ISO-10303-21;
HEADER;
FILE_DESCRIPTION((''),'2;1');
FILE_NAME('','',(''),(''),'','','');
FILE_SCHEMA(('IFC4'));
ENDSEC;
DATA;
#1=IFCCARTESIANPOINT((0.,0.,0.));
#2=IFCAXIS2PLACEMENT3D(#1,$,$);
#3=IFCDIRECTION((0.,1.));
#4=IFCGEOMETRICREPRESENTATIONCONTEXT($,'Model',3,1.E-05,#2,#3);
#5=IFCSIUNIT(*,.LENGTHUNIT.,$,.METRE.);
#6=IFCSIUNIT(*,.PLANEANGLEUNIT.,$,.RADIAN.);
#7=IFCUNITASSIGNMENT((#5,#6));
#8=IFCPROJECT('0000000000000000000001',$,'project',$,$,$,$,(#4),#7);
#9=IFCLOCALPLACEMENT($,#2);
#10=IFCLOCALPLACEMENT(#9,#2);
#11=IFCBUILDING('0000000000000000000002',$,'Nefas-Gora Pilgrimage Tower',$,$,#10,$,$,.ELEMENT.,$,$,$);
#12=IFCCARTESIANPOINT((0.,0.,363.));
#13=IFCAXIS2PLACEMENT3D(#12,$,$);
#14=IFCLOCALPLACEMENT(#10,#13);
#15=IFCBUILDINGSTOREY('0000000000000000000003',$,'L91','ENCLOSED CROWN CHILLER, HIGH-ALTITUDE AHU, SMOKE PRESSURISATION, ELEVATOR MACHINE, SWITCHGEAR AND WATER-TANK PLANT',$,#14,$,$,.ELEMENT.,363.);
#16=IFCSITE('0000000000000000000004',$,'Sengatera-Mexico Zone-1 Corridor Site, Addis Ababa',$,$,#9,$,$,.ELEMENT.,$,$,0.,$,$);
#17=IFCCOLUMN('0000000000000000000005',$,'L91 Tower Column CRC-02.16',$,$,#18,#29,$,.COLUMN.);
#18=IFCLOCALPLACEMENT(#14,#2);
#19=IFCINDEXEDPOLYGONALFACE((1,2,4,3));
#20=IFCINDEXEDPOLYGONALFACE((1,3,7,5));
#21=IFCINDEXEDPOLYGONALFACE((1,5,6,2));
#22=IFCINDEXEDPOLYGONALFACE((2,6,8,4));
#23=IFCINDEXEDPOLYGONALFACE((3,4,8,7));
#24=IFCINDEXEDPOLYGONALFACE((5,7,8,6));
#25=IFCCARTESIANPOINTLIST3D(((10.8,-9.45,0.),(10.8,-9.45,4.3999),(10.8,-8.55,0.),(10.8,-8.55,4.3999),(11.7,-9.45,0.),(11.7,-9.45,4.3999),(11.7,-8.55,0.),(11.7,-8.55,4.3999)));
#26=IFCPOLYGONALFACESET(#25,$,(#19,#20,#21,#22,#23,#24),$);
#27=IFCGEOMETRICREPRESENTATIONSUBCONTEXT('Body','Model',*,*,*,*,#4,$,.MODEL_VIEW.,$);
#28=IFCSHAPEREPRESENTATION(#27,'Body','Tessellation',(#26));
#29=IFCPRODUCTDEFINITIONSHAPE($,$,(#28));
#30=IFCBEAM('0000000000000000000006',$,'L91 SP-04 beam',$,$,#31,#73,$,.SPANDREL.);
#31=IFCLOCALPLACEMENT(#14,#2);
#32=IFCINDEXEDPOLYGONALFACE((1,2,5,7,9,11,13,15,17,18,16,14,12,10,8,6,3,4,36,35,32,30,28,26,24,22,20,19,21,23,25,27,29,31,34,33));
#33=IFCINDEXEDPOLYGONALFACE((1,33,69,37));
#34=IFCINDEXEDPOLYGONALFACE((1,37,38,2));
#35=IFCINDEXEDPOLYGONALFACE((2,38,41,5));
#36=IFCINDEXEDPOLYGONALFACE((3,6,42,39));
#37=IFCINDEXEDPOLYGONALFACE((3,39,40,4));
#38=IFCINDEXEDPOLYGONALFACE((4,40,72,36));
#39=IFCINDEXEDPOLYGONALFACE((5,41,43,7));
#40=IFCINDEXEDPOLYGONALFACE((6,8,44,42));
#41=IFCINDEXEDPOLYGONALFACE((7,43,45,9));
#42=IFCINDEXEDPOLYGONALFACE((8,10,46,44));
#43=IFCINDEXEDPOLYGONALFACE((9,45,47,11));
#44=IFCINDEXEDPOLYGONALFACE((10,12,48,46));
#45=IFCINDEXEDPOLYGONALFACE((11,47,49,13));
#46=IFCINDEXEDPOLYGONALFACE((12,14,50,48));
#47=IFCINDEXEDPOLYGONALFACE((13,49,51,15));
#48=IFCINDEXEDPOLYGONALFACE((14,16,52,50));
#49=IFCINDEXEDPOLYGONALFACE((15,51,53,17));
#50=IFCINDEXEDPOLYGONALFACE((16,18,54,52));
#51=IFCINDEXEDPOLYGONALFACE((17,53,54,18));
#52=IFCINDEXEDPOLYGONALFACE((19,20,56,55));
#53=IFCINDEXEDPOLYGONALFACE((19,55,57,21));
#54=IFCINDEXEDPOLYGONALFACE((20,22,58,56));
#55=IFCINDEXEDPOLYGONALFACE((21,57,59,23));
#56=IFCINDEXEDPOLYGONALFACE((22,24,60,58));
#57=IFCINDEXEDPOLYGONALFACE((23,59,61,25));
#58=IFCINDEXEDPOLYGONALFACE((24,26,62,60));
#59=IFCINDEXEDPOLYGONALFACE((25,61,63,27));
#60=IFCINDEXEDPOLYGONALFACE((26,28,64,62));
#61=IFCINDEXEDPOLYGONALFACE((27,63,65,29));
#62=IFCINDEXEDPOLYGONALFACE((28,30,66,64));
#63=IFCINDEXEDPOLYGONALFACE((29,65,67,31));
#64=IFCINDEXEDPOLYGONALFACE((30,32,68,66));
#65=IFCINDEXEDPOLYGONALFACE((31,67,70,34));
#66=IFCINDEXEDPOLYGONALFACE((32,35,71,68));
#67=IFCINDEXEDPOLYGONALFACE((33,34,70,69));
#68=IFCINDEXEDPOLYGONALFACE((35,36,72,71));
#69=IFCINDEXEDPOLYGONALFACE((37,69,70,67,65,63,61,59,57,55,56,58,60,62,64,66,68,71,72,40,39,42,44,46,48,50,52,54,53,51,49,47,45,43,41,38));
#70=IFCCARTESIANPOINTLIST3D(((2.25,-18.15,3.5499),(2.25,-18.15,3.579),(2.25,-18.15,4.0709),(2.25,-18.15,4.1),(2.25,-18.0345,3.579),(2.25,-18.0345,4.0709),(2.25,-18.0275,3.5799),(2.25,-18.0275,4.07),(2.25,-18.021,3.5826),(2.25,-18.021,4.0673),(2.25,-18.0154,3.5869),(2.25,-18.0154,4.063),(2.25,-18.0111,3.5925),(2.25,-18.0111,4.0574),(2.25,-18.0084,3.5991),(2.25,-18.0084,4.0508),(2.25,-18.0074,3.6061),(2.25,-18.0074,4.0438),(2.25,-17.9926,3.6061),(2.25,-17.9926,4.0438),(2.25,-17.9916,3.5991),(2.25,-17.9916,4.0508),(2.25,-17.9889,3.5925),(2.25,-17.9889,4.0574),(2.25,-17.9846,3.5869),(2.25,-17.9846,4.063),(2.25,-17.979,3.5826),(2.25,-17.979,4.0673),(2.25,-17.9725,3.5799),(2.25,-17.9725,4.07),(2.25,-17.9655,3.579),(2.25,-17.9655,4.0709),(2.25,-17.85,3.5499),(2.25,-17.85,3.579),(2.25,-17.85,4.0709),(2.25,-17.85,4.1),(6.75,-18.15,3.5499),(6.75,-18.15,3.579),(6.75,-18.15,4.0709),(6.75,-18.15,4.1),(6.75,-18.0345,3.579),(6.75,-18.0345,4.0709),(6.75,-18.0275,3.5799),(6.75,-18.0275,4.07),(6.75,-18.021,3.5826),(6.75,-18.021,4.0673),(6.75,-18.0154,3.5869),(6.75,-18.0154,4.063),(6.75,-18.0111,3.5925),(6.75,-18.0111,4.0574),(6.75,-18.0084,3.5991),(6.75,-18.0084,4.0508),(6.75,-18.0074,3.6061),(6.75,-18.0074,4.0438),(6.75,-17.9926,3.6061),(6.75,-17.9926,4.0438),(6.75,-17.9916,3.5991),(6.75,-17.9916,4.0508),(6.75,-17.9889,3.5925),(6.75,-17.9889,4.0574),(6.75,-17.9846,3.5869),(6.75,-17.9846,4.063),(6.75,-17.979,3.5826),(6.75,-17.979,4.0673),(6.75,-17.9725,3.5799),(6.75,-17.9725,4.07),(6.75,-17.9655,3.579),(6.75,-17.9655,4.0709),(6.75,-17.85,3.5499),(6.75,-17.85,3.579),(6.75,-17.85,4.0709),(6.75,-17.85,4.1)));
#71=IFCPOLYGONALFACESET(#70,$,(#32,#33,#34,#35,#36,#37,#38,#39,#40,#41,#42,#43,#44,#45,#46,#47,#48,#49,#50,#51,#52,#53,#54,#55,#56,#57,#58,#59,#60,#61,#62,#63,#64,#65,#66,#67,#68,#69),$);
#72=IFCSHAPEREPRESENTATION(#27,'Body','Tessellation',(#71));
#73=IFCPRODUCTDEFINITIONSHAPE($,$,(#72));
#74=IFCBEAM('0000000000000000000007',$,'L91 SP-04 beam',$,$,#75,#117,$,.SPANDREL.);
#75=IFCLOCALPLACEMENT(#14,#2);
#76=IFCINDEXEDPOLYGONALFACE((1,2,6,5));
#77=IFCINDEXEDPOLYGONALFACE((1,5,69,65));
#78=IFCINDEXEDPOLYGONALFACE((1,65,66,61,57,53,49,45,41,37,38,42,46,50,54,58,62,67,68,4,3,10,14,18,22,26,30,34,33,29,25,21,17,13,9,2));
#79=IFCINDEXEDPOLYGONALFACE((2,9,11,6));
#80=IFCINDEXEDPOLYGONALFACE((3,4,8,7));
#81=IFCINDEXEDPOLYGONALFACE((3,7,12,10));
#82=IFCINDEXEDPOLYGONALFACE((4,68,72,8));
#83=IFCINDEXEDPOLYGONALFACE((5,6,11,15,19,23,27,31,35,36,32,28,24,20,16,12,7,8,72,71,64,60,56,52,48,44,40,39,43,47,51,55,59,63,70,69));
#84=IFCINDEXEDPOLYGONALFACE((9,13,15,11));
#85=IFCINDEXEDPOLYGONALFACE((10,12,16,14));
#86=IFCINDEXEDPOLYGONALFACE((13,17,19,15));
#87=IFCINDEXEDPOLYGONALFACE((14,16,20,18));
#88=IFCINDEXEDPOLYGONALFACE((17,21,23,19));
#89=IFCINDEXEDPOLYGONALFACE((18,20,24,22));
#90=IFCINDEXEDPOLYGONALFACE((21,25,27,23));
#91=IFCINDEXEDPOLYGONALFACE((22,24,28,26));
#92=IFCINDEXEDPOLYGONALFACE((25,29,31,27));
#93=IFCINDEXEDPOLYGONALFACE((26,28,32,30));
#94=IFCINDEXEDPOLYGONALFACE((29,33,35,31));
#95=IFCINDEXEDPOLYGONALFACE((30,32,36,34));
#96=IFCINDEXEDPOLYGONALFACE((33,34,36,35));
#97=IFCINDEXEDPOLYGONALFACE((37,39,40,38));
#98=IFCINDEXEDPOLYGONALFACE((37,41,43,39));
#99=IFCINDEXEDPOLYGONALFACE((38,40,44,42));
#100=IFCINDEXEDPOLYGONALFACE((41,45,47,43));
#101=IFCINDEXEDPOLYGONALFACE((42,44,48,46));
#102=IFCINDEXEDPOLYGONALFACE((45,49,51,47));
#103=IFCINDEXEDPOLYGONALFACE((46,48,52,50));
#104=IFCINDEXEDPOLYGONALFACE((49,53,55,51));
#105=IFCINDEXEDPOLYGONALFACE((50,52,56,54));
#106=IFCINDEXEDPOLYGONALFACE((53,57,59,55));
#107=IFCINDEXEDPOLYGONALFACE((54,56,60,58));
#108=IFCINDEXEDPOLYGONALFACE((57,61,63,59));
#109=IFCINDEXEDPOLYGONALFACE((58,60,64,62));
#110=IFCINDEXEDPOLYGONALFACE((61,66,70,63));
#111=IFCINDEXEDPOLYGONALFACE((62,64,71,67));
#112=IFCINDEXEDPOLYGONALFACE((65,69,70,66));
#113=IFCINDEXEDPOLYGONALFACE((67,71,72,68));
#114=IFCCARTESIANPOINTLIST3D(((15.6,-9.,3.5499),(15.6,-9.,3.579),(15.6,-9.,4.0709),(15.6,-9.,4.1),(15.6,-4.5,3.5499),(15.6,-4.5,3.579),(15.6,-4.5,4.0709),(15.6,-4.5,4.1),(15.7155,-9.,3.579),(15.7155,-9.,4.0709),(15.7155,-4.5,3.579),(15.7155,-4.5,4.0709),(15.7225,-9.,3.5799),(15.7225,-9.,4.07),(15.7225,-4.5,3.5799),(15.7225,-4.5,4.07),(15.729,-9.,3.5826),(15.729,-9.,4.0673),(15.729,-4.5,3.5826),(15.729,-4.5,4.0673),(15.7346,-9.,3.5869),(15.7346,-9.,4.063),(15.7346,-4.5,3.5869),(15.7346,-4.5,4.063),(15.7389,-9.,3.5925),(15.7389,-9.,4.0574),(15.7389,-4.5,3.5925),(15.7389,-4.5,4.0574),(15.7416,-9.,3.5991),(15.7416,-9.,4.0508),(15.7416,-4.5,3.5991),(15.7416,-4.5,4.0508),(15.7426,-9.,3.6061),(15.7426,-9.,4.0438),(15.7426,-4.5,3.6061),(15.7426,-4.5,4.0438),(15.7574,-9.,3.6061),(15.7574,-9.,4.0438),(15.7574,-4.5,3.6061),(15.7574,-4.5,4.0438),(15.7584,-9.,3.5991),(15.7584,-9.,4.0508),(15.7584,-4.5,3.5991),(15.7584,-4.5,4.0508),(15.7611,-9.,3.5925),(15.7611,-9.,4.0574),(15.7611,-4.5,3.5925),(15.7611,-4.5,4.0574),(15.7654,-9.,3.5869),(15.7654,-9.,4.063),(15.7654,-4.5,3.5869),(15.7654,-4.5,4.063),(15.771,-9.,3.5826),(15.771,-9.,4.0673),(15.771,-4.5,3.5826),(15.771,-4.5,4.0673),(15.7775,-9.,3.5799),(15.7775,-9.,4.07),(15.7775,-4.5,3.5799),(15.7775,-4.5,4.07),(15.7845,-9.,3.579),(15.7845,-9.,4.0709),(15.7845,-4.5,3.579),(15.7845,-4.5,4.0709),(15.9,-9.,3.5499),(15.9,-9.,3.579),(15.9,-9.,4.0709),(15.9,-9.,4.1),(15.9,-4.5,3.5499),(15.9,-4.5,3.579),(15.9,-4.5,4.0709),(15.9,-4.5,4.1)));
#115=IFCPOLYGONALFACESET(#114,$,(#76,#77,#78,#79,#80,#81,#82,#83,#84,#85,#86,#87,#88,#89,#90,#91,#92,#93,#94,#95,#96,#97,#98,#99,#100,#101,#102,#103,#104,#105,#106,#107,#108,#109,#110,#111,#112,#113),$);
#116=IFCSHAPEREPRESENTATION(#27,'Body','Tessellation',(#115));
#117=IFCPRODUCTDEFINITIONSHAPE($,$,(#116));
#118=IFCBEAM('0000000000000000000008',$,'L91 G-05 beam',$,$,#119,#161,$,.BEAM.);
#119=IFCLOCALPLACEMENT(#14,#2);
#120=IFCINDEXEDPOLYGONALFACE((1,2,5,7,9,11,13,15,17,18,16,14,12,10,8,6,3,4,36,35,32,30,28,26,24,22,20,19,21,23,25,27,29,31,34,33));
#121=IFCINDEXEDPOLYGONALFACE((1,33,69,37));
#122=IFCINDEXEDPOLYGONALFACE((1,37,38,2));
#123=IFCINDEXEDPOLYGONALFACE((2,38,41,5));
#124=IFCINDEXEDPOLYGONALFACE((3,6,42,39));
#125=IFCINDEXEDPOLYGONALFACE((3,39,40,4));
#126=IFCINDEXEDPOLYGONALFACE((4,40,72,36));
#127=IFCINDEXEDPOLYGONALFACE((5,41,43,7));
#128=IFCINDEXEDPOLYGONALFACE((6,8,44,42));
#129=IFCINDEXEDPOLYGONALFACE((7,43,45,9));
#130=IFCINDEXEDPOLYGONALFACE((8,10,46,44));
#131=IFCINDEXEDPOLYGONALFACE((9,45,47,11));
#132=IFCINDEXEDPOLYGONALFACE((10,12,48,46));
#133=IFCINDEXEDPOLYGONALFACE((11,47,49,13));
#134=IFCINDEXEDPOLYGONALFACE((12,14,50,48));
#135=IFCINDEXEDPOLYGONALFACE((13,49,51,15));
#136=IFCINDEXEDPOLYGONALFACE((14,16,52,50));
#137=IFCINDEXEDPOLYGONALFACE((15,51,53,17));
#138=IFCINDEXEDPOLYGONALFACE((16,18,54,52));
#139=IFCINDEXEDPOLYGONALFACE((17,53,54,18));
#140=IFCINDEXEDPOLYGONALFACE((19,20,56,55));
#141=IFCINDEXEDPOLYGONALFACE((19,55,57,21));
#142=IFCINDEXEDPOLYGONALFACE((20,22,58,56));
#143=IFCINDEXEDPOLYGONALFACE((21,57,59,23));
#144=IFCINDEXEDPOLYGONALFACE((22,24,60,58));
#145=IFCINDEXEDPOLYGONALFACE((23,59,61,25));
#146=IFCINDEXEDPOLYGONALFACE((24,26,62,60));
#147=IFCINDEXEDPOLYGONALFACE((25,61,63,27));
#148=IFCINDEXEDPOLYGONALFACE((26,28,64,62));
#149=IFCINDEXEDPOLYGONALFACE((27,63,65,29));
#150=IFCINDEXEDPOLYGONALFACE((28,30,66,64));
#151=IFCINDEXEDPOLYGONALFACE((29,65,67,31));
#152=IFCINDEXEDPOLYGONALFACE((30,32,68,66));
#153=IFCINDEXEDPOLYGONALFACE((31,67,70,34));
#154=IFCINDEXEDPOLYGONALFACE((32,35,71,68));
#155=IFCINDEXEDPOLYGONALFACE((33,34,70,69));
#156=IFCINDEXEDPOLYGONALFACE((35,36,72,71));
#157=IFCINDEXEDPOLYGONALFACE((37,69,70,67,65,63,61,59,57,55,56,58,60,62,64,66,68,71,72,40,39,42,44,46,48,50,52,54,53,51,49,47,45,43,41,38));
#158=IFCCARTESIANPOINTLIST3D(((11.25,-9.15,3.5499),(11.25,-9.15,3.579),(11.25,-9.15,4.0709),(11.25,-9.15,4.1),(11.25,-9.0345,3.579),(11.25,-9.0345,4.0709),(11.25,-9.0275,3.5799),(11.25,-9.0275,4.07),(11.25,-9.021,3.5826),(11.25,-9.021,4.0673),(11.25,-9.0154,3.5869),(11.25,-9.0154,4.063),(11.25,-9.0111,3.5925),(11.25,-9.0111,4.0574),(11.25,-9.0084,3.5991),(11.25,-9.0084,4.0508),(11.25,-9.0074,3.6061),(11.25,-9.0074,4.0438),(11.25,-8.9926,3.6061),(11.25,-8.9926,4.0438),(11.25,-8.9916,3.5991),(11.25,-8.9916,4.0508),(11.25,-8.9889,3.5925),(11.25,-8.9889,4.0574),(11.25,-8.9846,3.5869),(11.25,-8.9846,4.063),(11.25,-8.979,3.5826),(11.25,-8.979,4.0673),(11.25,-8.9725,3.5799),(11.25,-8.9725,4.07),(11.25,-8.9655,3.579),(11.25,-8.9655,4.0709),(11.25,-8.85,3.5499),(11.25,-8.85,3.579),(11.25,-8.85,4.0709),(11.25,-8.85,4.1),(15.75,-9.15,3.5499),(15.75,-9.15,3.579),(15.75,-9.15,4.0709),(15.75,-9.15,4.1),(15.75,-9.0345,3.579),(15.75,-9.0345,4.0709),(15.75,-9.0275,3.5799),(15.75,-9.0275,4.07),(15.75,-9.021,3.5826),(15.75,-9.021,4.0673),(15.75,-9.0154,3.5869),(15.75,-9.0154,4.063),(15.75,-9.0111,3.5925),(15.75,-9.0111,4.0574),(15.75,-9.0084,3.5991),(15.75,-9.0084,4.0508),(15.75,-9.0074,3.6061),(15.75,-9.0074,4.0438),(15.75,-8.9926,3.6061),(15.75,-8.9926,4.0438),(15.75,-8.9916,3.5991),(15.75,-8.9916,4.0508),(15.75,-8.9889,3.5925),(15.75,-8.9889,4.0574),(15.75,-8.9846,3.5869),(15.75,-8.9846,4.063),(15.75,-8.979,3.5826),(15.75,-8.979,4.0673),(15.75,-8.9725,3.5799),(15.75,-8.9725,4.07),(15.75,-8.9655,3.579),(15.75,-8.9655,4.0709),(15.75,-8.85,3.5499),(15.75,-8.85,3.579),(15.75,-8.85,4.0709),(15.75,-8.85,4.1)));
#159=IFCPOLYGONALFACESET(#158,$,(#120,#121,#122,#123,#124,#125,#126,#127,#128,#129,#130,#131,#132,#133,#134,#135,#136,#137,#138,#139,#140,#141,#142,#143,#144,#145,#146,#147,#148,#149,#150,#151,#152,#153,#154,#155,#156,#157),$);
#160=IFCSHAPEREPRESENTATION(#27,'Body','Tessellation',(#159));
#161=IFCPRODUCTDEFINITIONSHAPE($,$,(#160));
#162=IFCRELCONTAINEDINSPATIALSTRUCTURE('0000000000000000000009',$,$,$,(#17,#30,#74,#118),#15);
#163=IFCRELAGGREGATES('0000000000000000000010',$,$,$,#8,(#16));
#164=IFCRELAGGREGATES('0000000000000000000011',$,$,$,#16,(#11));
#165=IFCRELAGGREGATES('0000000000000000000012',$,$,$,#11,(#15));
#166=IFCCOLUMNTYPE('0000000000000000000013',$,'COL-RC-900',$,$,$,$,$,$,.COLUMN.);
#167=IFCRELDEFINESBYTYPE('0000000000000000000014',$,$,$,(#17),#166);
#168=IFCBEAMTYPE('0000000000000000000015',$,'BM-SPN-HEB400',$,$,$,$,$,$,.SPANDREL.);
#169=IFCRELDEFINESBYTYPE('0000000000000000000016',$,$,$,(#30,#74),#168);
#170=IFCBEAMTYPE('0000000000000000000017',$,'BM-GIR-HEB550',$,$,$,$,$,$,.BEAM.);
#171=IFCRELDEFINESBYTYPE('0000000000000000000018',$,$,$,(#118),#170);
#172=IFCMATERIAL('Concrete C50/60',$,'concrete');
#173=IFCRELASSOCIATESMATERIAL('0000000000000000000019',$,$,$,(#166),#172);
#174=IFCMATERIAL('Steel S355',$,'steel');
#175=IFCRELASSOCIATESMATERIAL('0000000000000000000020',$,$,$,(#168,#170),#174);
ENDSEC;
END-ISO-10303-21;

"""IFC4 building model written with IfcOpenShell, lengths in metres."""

from ifc_helpers import new_model, si_unit, direction, frame, origin, origin_2d, place, context, subcontext, project, spatial, rectangle, i_section, extrude, source, transform, mapped, material, material_profile, profile_set, type_object, element, save


model = new_model("IFC4")

# Units and contexts
model_context = context("Model", 3, precision=1e-05, world=origin(), true_north=direction((0.0, 1.0)))
body_context = subcontext(model_context, "Body", "Model", "MODEL_VIEW")
ifc_project = project(units=[si_unit("LENGTHUNIT", "METRE"), si_unit("PLANEANGLEUNIT", "RADIAN")], contexts=[model_context])

# Site, building, storey
site_placement = place(None, origin())
site = spatial("IfcSite", under=ifc_project, at=site_placement, Name="Sengatera-Mexico Zone-1 Corridor Site, Addis Ababa", CompositionType="ELEMENT", RefElevation=0.0)
building_placement = place(site_placement, origin())
building = spatial("IfcBuilding", under=site, at=building_placement, Name="Nefas-Gora Pilgrimage Tower", CompositionType="ELEMENT")
storey_placement = place(building_placement, frame((0.0, 0.0, 363.0)))
storey = spatial("IfcBuildingStorey", under=building, at=storey_placement, Name="L91", Description="ENCLOSED CROWN CHILLER, HIGH-ALTITUDE AHU, SMOKE PRESSURISATION, ELEVATOR MACHINE, SWITCHGEAR AND WATER-TANK PLANT", CompositionType="ELEMENT", Elevation=363.0)

# Column
ifc_material_1 = material(Name="Steel S355", Category="steel")
ifc_material_2 = material(Name="Concrete C50/60", Category="concrete")
ifc_material_profile_1 = material_profile(ifc_material_2, rectangle(XDim=0.8999, YDim=0.8999, at=origin_2d()), Name="RC 900x900")
ifc_profile_set_1 = profile_set([ifc_material_profile_1], Name="Concrete C50/60")
column_type_1 = type_object("IfcColumnType", Name="COL-RC-900", PredefinedType="COLUMN", material=ifc_profile_set_1)
shared_shape_1 = source(origin(), body_context, "Body", "SweptSolid", [
    extrude(rectangle(XDim=0.8999, YDim=0.8999, at=origin_2d()), origin(), (0.0, 0.0, 1.0), 4.3999),
])
column_placement = place(storey_placement, frame((11.25, -9.0, 0.0), z_axis=(0.0, 0.0, 1.0), x_axis=(1.0, 0.0, 0.0)))
element("IfcColumn", 1, at=column_placement, inside=storey, type_object=column_type_1, Name="L91 Tower Column CRC-02.16", PredefinedType="COLUMN", context=body_context, shape_type="MappedRepresentation", body=[
    mapped(shared_shape_1, transform((0.0, 0.0, 0.0), x_axis=(1.0, 0.0, 0.0), y_axis=(0.0, 1.0, 0.0), z_axis=(0.0, 0.0, 1.0), scale=1.0)),
])

# Beams
ifc_material_profile_2 = material_profile(ifc_material_1, i_section(OverallWidth=0.3, OverallDepth=0.55, WebThickness=0.0149, FlangeThickness=0.0291, FilletRadius=0.0271, at=origin_2d()), Name="HEB 550")
ifc_profile_set_2 = profile_set([ifc_material_profile_2], Name="Steel S355")
beam_type_1 = type_object("IfcBeamType", Name="BM-SPN-HEB400", PredefinedType="SPANDREL", material=ifc_profile_set_2)
shared_shape_2 = source(origin(), body_context, "Body", "SweptSolid", [
    extrude(i_section(OverallWidth=0.3, OverallDepth=0.55, WebThickness=0.0149, FlangeThickness=0.0291, FilletRadius=0.0271, at=origin_2d()), origin(), (0.0, 0.0, 1.0), 4.5),
])
for number, where, z_axis, x_axis, name in (
    (2, (2.25, -18.0, 3.825), (1.0, 0.0, 0.0), (0.0, 1.0, 0.0), "L91 SP-04 beam"),
    (3, (15.75, -9.0, 3.825), (0.0, 1.0, 0.0), (-1.0, 0.0, 0.0), "L91 SP-04 beam"),
):
    element("IfcBeam", number, at=place(storey_placement, frame(where, z_axis=z_axis, x_axis=x_axis)), inside=storey, type_object=beam_type_1, Name=name, PredefinedType="SPANDREL", context=body_context, shape_type="MappedRepresentation", body=[
        mapped(shared_shape_2, transform((0.0, 0.0, 0.0), x_axis=(1.0, 0.0, 0.0), y_axis=(0.0, 1.0, 0.0), z_axis=(0.0, 0.0, 1.0), scale=1.0)),
    ])
ifc_material_profile_3 = material_profile(ifc_material_1, i_section(OverallWidth=0.3, OverallDepth=0.55, WebThickness=0.0149, FlangeThickness=0.0291, FilletRadius=0.0271, at=origin_2d()), Name="HEB 550")
ifc_profile_set_3 = profile_set([ifc_material_profile_3], Name="Steel S355")
beam_type_2 = type_object("IfcBeamType", Name="BM-GIR-HEB550", PredefinedType="BEAM", material=ifc_profile_set_3)
shared_shape_3 = source(origin(), body_context, "Body", "SweptSolid", [
    extrude(i_section(OverallWidth=0.3, OverallDepth=0.55, WebThickness=0.0149, FlangeThickness=0.0291, FilletRadius=0.0271, at=origin_2d()), origin(), (0.0, 0.0, 1.0), 4.5),
])
beam_placement = place(storey_placement, frame((11.25, -9.0, 3.825), z_axis=(1.0, 0.0, 0.0), x_axis=(0.0, 1.0, 0.0)))
element("IfcBeam", 4, at=beam_placement, inside=storey, type_object=beam_type_2, Name="L91 G-05 beam", PredefinedType="BEAM", context=body_context, shape_type="MappedRepresentation", body=[
    mapped(shared_shape_3, transform((0.0, 0.0, 0.0), x_axis=(1.0, 0.0, 0.0), y_axis=(0.0, 1.0, 0.0), z_axis=(0.0, 0.0, 1.0), scale=1.0)),
])

save(model, "model.ifc")
